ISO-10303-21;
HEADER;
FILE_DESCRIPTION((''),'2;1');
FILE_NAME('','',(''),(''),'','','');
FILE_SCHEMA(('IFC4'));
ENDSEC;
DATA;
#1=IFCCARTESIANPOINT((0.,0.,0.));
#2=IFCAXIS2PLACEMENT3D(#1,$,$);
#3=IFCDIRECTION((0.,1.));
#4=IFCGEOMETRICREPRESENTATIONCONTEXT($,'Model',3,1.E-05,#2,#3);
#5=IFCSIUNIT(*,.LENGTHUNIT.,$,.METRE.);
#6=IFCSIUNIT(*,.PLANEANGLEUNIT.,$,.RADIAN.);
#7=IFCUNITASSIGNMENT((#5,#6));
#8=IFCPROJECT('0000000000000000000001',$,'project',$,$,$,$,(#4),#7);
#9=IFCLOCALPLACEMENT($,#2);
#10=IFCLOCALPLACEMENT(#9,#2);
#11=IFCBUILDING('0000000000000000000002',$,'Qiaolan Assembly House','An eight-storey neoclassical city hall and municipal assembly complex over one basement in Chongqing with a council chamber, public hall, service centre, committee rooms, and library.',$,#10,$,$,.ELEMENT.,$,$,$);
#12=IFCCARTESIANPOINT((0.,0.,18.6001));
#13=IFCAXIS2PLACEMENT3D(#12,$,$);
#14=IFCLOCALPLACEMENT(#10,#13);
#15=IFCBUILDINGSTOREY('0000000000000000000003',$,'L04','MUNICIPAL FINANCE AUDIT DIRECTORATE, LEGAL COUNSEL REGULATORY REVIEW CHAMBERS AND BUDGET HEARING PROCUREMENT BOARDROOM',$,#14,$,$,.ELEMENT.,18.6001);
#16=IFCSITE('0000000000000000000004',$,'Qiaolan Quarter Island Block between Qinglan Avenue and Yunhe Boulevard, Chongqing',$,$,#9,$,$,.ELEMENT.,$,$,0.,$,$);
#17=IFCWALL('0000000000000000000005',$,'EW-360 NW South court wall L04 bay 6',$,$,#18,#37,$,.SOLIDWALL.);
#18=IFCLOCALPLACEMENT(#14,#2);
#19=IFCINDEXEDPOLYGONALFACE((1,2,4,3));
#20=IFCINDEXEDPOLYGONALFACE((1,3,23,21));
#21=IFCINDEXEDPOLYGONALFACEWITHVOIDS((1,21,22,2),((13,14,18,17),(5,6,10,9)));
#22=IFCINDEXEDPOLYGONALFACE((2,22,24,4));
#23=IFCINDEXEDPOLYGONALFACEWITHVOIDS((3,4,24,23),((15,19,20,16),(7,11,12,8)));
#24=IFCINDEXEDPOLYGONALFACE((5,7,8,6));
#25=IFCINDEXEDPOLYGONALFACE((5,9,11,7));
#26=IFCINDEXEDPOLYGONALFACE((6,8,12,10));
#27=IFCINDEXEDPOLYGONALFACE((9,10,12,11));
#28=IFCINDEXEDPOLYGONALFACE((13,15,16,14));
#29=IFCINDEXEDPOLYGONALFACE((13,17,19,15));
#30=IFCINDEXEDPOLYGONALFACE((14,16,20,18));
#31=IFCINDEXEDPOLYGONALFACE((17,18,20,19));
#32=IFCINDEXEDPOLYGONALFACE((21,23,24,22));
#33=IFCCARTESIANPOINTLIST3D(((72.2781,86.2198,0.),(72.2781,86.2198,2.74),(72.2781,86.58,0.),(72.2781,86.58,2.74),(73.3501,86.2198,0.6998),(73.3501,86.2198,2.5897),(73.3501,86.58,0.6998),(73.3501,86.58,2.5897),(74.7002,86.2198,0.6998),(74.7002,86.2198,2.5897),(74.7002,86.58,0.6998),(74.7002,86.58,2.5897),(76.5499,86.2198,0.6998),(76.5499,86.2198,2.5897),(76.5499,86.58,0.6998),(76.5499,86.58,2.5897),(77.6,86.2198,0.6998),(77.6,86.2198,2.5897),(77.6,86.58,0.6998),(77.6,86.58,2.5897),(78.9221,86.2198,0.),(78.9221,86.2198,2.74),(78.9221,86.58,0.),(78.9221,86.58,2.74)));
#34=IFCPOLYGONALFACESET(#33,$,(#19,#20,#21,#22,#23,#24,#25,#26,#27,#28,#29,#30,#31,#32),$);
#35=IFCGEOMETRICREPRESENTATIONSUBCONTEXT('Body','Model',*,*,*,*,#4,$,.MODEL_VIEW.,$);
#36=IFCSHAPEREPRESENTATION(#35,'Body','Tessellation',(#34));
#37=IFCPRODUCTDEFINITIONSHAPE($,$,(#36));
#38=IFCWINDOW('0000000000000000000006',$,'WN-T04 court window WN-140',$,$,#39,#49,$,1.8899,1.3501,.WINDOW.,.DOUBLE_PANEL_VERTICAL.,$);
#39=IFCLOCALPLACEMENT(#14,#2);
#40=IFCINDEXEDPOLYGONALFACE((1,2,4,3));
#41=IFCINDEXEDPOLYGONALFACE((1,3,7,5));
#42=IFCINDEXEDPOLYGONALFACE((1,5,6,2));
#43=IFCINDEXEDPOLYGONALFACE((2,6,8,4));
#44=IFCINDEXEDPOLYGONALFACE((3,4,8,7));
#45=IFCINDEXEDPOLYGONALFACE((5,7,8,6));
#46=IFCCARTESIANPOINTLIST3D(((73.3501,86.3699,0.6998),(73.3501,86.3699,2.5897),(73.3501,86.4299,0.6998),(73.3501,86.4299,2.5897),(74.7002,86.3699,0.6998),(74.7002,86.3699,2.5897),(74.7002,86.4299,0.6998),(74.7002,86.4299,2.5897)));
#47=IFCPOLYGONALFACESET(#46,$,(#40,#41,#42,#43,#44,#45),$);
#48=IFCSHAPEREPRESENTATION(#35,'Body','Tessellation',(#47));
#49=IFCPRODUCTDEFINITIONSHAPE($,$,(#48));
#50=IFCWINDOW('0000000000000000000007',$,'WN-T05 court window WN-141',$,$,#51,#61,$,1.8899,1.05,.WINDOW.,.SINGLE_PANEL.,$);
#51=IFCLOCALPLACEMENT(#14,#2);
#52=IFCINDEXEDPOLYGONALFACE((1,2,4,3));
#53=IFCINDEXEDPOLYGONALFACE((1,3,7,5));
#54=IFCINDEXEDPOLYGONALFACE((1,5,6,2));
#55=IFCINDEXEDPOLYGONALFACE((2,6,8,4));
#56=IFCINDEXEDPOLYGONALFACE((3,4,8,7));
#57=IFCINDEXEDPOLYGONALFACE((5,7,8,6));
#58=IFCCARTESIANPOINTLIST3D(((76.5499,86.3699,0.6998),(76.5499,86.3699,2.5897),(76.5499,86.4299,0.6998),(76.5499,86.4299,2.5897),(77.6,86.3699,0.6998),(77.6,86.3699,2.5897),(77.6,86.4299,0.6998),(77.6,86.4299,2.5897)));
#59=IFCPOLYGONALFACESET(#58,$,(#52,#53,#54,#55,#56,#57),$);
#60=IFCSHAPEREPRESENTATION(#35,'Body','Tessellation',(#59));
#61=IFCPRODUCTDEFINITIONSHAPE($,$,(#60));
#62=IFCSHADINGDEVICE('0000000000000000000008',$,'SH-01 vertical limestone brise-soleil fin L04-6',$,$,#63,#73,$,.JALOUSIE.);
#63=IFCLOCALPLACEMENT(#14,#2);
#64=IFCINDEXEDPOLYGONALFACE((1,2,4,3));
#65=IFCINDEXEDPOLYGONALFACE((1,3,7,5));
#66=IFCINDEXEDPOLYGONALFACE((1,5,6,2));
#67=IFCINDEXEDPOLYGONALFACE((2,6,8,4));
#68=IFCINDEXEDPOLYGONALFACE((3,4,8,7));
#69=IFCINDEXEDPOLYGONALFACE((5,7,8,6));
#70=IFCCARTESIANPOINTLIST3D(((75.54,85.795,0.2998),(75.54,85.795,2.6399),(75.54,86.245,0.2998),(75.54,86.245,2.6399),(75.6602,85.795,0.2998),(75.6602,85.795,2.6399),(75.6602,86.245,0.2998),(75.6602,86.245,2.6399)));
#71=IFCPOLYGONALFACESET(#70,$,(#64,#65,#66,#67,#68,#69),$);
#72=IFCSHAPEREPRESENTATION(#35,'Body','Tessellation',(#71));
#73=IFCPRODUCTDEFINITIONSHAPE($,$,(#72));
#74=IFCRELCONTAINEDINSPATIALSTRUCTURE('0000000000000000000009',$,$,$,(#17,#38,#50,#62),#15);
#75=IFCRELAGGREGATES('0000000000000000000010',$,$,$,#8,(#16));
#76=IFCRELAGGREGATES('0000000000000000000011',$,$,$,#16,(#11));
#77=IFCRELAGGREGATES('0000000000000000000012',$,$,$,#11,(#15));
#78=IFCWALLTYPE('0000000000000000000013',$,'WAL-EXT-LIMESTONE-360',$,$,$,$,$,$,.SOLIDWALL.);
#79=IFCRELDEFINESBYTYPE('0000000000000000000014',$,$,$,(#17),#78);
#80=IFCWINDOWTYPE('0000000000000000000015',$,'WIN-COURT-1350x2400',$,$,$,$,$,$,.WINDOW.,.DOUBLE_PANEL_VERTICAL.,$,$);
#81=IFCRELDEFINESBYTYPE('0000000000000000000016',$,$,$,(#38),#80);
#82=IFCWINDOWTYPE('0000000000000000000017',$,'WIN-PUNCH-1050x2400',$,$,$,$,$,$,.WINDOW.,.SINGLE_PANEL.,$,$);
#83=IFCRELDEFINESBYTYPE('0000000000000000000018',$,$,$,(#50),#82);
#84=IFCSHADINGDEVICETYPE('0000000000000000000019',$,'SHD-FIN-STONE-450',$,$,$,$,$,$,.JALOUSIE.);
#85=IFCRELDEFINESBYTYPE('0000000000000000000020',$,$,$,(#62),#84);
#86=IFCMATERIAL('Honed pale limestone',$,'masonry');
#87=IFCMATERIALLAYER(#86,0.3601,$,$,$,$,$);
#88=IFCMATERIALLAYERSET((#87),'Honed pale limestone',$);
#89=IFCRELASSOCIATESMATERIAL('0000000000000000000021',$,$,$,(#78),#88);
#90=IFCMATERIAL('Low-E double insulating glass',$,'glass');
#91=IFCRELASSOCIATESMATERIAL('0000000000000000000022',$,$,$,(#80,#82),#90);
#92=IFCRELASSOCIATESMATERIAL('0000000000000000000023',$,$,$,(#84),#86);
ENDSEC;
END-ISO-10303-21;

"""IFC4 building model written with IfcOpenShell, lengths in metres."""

from ifc_helpers import new_model, si_unit, direction, frame, frame_2d, origin, origin_2d, place, context, subcontext, project, spatial, rectangle, extrude, material, layer, layer_set, material_profile, profile_set, type_object, element, fill, save


model = new_model("IFC4")

# Units and contexts
model_context = context("Model", 3, precision=1e-05, world=origin(), true_north=direction((0.0, 1.0)))
body_context = subcontext(model_context, "Body", "Model", "MODEL_VIEW")
ifc_project = project(units=[si_unit("LENGTHUNIT", "METRE"), si_unit("PLANEANGLEUNIT", "RADIAN")], contexts=[model_context])

# Site, building, storey
site_placement = place(None, origin())
site = spatial("IfcSite", under=ifc_project, at=site_placement, Name="Qiaolan Quarter Island Block between Qinglan Avenue and Yunhe Boulevard, Chongqing", CompositionType="ELEMENT", RefElevation=0.0)
building_placement = place(site_placement, origin())
building = spatial("IfcBuilding", under=site, at=building_placement, Name="Qiaolan Assembly House", Description="An eight-storey neoclassical city hall and municipal assembly complex over one basement in Chongqing with a council chamber, public hall, service centre, committee rooms, and library.", CompositionType="ELEMENT")
storey_placement = place(building_placement, frame((0.0, 0.0, 18.6001)))
storey = spatial("IfcBuildingStorey", under=building, at=storey_placement, Name="L04", Description="MUNICIPAL FINANCE AUDIT DIRECTORATE, LEGAL COUNSEL REGULATORY REVIEW CHAMBERS AND BUDGET HEARING PROCUREMENT BOARDROOM", CompositionType="ELEMENT", Elevation=18.6001)

# Wall, openings, windows
ifc_material_1 = material(Name="Honed pale limestone", Category="masonry")
ifc_layer_1 = layer(ifc_material_1, 0.3601)
ifc_layer_set_1 = layer_set([ifc_layer_1], Name="Honed pale limestone")
wall_type = type_object("IfcWallType", Name="WAL-EXT-LIMESTONE-360", PredefinedType="SOLIDWALL", material=ifc_layer_set_1)
wall_placement = place(storey_placement, frame((72.2781, 86.3999, 0.0), z_axis=(0.0, 0.0, 1.0), x_axis=(1.0, 0.0, 0.0)))
wall = element("IfcWall", 1, at=wall_placement, inside=storey, type_object=wall_type, Name="EW-360 NW South court wall L04 bay 6", PredefinedType="SOLIDWALL", context=body_context, shape_type="SweptSolid", body=[
    extrude(rectangle(XDim=6.644, YDim=0.3601, at=frame_2d((3.322, 0.0))), origin(), (0.0, 0.0, 1.0), 2.74),
])
opening_1_placement = place(wall_placement, frame((1.072, 0.0, 0.7)))
opening_1 = element("IfcOpeningElement", 2, at=opening_1_placement, cuts=wall, PredefinedType="OPENING", context=body_context, shape_type="SweptSolid", body=[
    extrude(rectangle(XDim=1.3501, YDim=1.8899, at=frame_2d((0.675, 0.9448))), frame((0.0, 0.1899, 0.0), z_axis=(0.0, -1.0, 0.0), x_axis=(1.0, 0.0, 0.0)), (0.0, 0.0, 1.0), 0.3801),
])
opening_2_placement = place(wall_placement, frame((4.272, 0.0, 0.7)))
opening_2 = element("IfcOpeningElement", 3, at=opening_2_placement, cuts=wall, PredefinedType="OPENING", context=body_context, shape_type="SweptSolid", body=[
    extrude(rectangle(XDim=1.05, YDim=1.8899, at=frame_2d((0.5249, 0.9448))), frame((0.0, 0.1899, 0.0), z_axis=(0.0, -1.0, 0.0), x_axis=(1.0, 0.0, 0.0)), (0.0, 0.0, 1.0), 0.3801),
])
ifc_material_2 = material(Name="Low-E double insulating glass", Category="glass")
window_type_1 = type_object("IfcWindowType", Name="WIN-COURT-1350x2400", PartitioningType="DOUBLE_PANEL_VERTICAL", PredefinedType="WINDOW", material=ifc_material_2)
window_1_placement = place(opening_1_placement, origin())
window_1 = element("IfcWindow", 4, at=window_1_placement, inside=storey, type_object=window_type_1, Name="WN-T04 court window WN-140", OverallHeight=1.8899, OverallWidth=1.3501, PartitioningType="DOUBLE_PANEL_VERTICAL", PredefinedType="WINDOW", context=body_context, shape_type="SweptSolid", body=[
    extrude(rectangle(XDim=1.3501, YDim=1.8899, at=frame_2d((0.675, 0.9448))), frame((0.0, 0.03, 0.0), z_axis=(0.0, -1.0, 0.0), x_axis=(1.0, 0.0, 0.0)), (0.0, 0.0, 1.0), 0.0601),
])
fill(opening_1, window_1)
window_type_2 = type_object("IfcWindowType", Name="WIN-PUNCH-1050x2400", PartitioningType="SINGLE_PANEL", PredefinedType="WINDOW", material=ifc_material_2)
window_2_placement = place(opening_2_placement, origin())
window_2 = element("IfcWindow", 5, at=window_2_placement, inside=storey, type_object=window_type_2, Name="WN-T05 court window WN-141", OverallHeight=1.8899, OverallWidth=1.05, PartitioningType="SINGLE_PANEL", PredefinedType="WINDOW", context=body_context, shape_type="SweptSolid", body=[
    extrude(rectangle(XDim=1.05, YDim=1.8899, at=frame_2d((0.5249, 0.9448))), frame((0.0, 0.03, 0.0), z_axis=(0.0, -1.0, 0.0), x_axis=(1.0, 0.0, 0.0)), (0.0, 0.0, 1.0), 0.0601),
])
fill(opening_2, window_2)

# Shading device
ifc_material_profile_1 = material_profile(ifc_material_1, rectangle(XDim=0.1201, YDim=0.45, at=origin_2d()), Name="FIN 120x450")
ifc_profile_set_1 = profile_set([ifc_material_profile_1], Name="Honed pale limestone")
shading_device_type = type_object("IfcShadingDeviceType", Name="SHD-FIN-STONE-450", PredefinedType="JALOUSIE", material=ifc_profile_set_1)
shading_device_placement = place(storey_placement, frame((75.6001, 86.02, 0.2998), z_axis=(0.0, 0.0, 1.0), x_axis=(1.0, 0.0, 0.0)))
element("IfcShadingDevice", 6, at=shading_device_placement, inside=storey, type_object=shading_device_type, Name="SH-01 vertical limestone brise-soleil fin L04-6", PredefinedType="JALOUSIE", context=body_context, shape_type="SweptSolid", body=[
    extrude(rectangle(XDim=0.1201, YDim=0.45, at=origin_2d()), origin(), (0.0, 0.0, 1.0), 2.3401),
])

save(model, "model.ifc")
